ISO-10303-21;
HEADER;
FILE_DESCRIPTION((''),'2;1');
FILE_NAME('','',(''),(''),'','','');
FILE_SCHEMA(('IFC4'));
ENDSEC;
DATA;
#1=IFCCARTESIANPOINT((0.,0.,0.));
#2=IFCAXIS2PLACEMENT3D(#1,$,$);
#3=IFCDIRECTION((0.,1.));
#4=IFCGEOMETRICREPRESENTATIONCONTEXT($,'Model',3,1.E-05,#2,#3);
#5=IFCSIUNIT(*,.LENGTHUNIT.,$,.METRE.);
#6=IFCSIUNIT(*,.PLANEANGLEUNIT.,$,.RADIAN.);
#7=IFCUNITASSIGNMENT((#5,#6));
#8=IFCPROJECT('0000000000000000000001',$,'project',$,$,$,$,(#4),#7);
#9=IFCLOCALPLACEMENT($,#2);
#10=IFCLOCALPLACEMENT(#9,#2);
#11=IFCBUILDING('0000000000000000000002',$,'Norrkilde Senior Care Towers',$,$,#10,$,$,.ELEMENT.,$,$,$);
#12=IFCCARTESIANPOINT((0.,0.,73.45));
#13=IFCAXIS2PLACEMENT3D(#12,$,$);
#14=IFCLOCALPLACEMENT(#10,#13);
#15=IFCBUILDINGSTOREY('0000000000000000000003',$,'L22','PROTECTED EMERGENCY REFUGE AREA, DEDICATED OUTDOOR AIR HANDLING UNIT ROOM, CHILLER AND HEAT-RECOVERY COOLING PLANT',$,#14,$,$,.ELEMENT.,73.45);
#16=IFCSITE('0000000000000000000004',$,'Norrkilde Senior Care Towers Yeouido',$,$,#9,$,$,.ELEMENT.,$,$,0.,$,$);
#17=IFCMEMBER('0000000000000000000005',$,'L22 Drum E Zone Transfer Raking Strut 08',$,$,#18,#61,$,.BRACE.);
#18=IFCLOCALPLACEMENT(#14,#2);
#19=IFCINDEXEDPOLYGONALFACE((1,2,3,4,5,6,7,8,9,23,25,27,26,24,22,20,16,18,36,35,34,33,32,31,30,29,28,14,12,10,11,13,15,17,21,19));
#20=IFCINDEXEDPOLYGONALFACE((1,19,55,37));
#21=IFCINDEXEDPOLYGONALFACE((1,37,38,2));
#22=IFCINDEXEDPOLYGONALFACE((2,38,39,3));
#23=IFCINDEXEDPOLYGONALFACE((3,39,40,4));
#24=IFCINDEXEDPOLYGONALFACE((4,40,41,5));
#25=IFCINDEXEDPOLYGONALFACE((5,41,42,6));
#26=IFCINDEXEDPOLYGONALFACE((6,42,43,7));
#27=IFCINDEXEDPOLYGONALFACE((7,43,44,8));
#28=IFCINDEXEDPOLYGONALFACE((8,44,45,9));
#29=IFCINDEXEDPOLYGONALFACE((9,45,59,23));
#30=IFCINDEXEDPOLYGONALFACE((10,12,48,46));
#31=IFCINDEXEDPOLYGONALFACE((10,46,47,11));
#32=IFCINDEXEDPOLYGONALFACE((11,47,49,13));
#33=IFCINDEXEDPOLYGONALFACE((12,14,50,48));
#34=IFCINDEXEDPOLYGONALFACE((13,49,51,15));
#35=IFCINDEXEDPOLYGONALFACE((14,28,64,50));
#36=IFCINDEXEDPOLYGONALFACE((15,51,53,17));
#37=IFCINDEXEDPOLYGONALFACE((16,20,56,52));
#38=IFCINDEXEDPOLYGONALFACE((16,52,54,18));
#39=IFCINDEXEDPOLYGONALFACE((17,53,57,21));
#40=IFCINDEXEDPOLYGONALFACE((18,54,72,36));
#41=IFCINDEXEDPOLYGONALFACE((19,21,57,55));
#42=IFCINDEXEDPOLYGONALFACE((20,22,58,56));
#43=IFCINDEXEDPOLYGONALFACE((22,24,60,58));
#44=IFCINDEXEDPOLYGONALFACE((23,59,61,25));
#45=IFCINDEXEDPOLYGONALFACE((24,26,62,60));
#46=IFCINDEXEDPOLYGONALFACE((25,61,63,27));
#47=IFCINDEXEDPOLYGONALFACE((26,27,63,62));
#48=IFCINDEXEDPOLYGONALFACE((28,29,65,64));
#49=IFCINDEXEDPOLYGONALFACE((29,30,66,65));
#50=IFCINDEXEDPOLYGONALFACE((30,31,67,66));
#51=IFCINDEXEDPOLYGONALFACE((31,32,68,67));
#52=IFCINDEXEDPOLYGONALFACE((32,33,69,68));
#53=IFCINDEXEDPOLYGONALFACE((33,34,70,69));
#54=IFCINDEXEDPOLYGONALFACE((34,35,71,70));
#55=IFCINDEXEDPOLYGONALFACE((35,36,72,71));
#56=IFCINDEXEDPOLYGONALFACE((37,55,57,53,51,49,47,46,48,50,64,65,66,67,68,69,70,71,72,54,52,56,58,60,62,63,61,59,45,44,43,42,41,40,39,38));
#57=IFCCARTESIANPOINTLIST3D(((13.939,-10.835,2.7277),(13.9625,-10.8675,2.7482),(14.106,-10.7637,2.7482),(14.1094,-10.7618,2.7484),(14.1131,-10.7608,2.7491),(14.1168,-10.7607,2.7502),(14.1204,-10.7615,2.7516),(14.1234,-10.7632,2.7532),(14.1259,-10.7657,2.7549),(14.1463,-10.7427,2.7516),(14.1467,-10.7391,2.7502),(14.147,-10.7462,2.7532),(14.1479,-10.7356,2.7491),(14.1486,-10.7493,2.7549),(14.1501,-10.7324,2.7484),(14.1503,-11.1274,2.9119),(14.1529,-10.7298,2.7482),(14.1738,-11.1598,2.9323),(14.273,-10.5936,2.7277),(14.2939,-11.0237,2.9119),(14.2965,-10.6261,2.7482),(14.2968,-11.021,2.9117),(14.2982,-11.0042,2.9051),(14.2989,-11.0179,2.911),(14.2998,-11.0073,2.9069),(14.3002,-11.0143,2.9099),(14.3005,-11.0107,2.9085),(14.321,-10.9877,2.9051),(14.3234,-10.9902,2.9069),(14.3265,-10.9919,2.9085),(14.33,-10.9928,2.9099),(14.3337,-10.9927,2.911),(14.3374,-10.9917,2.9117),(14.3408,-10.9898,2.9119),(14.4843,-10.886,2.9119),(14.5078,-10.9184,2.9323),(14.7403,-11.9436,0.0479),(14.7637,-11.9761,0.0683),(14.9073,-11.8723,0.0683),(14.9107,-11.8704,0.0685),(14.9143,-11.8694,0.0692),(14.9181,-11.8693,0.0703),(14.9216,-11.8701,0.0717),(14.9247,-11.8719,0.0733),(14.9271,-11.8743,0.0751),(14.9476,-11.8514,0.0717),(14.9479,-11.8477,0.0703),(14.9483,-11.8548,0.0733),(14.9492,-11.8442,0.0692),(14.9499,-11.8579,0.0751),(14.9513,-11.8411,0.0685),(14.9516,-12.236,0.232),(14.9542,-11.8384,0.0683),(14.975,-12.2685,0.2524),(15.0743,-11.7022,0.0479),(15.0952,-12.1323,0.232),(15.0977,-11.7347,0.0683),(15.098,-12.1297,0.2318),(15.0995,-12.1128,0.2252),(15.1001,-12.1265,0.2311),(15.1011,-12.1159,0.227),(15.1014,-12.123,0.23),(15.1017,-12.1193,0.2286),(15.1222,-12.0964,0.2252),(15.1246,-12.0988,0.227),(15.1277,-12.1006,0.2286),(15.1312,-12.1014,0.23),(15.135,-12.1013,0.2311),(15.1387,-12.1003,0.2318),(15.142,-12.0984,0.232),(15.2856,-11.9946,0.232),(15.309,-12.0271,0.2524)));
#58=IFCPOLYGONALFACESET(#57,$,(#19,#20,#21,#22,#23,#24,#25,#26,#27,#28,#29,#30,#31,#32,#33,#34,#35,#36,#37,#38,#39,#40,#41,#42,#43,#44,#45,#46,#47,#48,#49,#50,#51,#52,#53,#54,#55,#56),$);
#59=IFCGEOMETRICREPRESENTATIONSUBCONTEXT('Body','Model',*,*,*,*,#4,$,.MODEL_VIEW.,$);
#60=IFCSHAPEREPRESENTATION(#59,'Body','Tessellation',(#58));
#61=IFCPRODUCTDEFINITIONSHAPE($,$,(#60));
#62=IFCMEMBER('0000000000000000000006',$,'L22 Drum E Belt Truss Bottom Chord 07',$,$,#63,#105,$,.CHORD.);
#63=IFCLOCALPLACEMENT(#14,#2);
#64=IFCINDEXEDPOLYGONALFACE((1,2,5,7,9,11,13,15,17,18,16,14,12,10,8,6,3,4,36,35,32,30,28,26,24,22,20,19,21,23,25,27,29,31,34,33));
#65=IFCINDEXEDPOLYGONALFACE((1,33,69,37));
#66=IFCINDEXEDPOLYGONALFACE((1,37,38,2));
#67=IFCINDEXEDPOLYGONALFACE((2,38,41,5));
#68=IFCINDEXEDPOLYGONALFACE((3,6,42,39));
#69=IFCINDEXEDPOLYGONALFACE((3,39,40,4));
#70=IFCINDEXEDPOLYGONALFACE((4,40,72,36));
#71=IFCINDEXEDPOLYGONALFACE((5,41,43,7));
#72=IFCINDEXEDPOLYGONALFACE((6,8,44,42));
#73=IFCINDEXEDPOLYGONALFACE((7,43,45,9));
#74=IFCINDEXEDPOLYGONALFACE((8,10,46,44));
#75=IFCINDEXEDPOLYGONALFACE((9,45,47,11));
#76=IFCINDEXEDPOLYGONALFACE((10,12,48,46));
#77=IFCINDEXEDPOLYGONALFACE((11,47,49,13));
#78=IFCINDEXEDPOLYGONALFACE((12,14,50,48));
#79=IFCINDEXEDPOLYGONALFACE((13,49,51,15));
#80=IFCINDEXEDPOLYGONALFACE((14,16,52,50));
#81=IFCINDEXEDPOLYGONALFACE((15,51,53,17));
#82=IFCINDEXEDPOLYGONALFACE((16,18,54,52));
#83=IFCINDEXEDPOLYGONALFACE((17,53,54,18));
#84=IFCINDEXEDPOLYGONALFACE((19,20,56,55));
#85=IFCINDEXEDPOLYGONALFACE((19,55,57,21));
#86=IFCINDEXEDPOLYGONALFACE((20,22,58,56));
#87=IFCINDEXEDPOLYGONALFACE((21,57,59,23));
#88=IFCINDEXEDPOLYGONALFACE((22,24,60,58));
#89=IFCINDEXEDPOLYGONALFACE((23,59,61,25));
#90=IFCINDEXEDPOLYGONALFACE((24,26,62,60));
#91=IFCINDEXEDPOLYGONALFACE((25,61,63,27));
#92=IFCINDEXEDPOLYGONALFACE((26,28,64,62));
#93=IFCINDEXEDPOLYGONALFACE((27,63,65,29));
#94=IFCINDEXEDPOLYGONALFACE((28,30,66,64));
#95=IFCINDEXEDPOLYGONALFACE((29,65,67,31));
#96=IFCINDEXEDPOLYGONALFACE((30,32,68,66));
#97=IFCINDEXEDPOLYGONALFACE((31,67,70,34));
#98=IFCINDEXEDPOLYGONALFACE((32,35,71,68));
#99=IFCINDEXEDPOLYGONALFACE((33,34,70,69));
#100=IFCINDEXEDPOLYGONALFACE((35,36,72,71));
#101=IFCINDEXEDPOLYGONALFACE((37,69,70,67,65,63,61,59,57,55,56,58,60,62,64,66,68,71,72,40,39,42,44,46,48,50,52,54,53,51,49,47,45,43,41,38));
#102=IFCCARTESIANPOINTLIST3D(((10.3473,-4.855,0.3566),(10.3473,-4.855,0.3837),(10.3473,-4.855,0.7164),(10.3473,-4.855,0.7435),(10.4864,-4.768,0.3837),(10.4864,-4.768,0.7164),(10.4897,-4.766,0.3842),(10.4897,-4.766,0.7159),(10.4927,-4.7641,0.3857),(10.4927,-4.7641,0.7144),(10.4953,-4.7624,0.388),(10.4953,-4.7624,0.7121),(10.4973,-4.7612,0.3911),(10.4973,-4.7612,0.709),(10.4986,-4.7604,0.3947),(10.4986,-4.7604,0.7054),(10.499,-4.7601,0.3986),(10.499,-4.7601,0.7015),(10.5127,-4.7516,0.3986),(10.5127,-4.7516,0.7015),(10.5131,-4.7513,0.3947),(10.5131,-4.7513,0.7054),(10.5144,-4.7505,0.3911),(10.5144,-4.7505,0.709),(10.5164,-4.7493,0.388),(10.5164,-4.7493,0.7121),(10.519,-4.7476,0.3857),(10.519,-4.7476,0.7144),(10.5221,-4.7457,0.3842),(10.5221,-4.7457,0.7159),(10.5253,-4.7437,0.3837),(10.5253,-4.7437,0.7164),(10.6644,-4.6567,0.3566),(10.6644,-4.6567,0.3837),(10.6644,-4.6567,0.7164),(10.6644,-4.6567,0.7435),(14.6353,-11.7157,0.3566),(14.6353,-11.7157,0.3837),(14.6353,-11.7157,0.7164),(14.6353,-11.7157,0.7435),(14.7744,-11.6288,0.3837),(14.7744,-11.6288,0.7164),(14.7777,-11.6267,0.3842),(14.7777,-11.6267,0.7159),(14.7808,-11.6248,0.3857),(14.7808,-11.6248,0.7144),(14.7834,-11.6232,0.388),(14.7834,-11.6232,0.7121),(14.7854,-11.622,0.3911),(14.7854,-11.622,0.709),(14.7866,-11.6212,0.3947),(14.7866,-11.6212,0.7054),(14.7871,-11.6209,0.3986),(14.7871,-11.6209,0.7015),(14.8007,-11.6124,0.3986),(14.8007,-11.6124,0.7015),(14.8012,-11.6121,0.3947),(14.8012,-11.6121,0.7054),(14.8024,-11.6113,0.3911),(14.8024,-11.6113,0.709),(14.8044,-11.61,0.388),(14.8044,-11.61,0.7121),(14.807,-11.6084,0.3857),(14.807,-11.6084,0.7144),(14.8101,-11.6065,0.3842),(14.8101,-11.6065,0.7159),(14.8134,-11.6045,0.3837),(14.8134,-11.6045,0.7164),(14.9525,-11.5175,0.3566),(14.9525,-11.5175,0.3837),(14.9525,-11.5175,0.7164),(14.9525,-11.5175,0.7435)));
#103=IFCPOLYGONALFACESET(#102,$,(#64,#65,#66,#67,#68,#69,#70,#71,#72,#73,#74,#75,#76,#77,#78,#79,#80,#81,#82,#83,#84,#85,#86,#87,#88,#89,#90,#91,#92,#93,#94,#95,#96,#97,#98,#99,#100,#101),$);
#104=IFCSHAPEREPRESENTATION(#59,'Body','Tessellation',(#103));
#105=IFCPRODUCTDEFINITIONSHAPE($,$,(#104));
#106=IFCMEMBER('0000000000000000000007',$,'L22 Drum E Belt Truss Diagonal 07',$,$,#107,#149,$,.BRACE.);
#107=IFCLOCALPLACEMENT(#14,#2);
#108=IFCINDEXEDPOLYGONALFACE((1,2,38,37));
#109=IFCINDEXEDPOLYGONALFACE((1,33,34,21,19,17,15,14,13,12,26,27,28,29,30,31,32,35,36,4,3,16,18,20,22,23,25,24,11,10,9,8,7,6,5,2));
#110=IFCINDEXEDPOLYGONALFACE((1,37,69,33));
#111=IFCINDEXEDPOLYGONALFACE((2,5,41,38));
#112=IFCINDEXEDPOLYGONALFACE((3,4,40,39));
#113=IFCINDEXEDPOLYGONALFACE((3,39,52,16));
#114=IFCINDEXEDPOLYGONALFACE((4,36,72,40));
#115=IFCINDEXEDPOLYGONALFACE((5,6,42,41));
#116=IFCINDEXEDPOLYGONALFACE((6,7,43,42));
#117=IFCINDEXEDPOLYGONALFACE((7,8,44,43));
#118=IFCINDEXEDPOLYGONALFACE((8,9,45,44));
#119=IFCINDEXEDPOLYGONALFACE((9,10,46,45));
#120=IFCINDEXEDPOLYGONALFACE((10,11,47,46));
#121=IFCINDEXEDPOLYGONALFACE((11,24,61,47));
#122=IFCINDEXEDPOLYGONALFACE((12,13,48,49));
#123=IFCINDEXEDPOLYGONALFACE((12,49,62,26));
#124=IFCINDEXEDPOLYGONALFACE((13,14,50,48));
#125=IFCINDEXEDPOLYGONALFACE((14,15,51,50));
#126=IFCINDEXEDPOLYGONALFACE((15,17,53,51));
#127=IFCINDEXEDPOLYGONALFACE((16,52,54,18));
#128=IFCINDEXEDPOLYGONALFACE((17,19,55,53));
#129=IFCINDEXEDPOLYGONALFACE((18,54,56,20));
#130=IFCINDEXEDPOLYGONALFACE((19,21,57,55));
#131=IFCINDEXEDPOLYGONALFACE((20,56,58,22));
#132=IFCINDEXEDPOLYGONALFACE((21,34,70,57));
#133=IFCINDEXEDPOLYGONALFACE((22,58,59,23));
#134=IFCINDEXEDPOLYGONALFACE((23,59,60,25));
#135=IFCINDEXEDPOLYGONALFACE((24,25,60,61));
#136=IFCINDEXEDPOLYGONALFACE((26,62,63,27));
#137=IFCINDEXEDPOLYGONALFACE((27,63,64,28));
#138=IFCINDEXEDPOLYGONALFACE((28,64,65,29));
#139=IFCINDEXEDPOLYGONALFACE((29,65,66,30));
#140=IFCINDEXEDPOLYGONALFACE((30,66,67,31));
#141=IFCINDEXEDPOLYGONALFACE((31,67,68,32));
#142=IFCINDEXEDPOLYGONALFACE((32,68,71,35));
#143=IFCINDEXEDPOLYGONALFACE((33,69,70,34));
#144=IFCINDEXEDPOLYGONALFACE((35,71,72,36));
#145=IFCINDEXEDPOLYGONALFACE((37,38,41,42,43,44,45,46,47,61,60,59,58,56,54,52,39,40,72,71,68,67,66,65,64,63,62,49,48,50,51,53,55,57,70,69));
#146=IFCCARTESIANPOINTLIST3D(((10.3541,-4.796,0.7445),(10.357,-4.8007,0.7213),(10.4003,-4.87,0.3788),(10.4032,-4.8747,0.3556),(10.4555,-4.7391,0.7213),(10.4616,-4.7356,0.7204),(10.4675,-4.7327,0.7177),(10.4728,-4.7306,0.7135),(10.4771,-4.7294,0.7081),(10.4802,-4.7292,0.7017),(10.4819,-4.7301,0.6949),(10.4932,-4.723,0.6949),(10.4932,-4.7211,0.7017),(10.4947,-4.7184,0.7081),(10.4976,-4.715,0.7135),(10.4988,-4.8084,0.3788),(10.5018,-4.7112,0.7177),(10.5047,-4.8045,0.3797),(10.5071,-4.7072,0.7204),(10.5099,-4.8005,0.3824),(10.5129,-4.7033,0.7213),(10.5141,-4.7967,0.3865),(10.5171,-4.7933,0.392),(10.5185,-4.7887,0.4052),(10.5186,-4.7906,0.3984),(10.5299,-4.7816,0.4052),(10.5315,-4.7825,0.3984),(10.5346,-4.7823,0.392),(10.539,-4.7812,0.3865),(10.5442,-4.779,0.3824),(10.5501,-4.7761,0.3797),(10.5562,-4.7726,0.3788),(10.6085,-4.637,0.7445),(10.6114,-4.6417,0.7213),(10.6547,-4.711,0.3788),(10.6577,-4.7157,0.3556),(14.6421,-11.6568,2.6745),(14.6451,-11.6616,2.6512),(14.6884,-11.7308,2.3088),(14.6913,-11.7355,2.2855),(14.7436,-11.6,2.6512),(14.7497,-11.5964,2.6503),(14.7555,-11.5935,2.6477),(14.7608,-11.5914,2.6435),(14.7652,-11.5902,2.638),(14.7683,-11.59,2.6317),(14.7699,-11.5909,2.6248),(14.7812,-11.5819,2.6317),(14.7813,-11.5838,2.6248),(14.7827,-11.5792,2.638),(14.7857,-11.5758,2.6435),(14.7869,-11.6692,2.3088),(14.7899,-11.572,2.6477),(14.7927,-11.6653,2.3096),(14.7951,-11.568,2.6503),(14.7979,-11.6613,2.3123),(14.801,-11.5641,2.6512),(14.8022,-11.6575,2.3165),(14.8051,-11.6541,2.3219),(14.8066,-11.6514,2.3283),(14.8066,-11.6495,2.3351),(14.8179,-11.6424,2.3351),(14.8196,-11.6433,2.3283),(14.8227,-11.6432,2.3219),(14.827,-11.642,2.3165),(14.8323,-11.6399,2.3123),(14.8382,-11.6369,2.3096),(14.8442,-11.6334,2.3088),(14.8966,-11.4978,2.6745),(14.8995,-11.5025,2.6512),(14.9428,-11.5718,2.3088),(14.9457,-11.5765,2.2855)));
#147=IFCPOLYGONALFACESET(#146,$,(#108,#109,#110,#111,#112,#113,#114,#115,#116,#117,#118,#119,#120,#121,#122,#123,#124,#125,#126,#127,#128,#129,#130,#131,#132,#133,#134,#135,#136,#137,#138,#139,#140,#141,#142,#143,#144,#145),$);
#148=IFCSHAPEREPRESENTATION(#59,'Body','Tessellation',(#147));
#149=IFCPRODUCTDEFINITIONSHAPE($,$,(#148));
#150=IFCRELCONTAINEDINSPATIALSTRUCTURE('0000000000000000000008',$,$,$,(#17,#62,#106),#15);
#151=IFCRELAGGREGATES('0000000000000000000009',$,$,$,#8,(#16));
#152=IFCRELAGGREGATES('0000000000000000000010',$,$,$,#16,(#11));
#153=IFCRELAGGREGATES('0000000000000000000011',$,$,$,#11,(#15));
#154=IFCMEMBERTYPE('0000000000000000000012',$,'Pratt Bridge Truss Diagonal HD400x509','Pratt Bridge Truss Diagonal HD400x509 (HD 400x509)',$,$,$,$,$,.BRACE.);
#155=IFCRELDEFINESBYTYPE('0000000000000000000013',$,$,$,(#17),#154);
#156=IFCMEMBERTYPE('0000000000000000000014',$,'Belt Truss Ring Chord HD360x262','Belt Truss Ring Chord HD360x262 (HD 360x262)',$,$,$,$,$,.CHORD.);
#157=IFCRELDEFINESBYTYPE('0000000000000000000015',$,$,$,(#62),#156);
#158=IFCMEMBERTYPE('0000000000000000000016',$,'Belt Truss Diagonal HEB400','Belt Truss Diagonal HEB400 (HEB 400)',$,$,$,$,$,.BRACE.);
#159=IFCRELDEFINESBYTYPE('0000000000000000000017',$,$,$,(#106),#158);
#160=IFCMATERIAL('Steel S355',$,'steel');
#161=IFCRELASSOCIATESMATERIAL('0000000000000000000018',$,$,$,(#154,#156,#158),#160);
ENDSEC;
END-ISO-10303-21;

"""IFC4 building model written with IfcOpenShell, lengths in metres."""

from ifc_helpers import new_model, si_unit, direction, frame, origin, origin_2d, place, context, subcontext, project, spatial, i_section, extrude, source, transform, mapped, material, material_profile, profile_set, type_object, element, save


model = new_model("IFC4")

# Units and contexts
model_context = context("Model", 3, precision=1e-05, world=origin(), true_north=direction((0.0, 1.0)))
body_context = subcontext(model_context, "Body", "Model", "MODEL_VIEW")
ifc_project = project(units=[si_unit("LENGTHUNIT", "METRE"), si_unit("PLANEANGLEUNIT", "RADIAN")], contexts=[model_context])

# Site, building, storey
site_placement = place(None, origin())
site = spatial("IfcSite", under=ifc_project, at=site_placement, Name="Norrkilde Senior Care Towers Yeouido", CompositionType="ELEMENT", RefElevation=0.0)
building_placement = place(site_placement, origin())
building = spatial("IfcBuilding", under=site, at=building_placement, Name="Norrkilde Senior Care Towers", CompositionType="ELEMENT")
storey_placement = place(building_placement, frame((0.0, 0.0, 73.45)))
storey = spatial("IfcBuildingStorey", under=building, at=storey_placement, Name="L22", Description="PROTECTED EMERGENCY REFUGE AREA, DEDICATED OUTDOOR AIR HANDLING UNIT ROOM, CHILLER AND HEAT-RECOVERY COOLING PLANT", CompositionType="ELEMENT", Elevation=73.45)

# Members
ifc_material_1 = material(Name="Steel S355", Category="steel")
ifc_material_profile_1 = material_profile(ifc_material_1, i_section(OverallWidth=0.4121, OverallDepth=0.45, WebThickness=0.0281, FlangeThickness=0.0449, FilletRadius=0.0149, at=origin_2d()), Name="HD 400x509")
ifc_profile_set_1 = profile_set([ifc_material_profile_1], Name="Steel S355")
member_type_1 = type_object("IfcMemberType", Name="Pratt Bridge Truss Diagonal HD400x509", Description="Pratt Bridge Truss Diagonal HD400x509 (HD 400x509)", PredefinedType="BRACE", material=ifc_profile_set_1)
shared_shape_1 = source(origin(), body_context, "Body", "SweptSolid", [
    extrude(i_section(OverallWidth=0.4121, OverallDepth=0.45, WebThickness=0.0281, FlangeThickness=0.0449, FilletRadius=0.0149, at=origin_2d()), origin(), (0.0, 0.0, 1.0), 3.0088),
])
member_1_placement = place(storey_placement, frame((15.0247, -11.9854, 0.1501), z_axis=(-0.266305, 0.368461, 0.890684), x_axis=(-0.810477, -0.585771, 0.0)))
element("IfcMember", 1, at=member_1_placement, inside=storey, type_object=member_type_1, Name="L22 Drum E Zone Transfer Raking Strut 08", PredefinedType="BRACE", context=body_context, shape_type="MappedRepresentation", body=[
    mapped(shared_shape_1, transform((0.0, 0.0, 0.0), x_axis=(1.0, 0.0, 0.0), y_axis=(0.0, 1.0, 0.0), z_axis=(0.0, 0.0, 1.0), scale=1.0)),
])
ifc_material_profile_2 = material_profile(ifc_material_1, i_section(OverallWidth=0.374, OverallDepth=0.387, WebThickness=0.0161, FlangeThickness=0.0271, FilletRadius=0.0149, at=origin_2d()), Name="HD 360x262")
ifc_profile_set_2 = profile_set([ifc_material_profile_2], Name="Steel S355")
member_type_2 = type_object("IfcMemberType", Name="Belt Truss Ring Chord HD360x262", Description="Belt Truss Ring Chord HD360x262 (HD 360x262)", PredefinedType="CHORD", material=ifc_profile_set_2)
shared_shape_2 = source(origin(), body_context, "Body", "SweptSolid", [
    extrude(i_section(OverallWidth=0.374, OverallDepth=0.387, WebThickness=0.0161, FlangeThickness=0.0271, FilletRadius=0.0149, at=origin_2d()), origin(), (0.0, 0.0, 1.0), 8.0906),
])
member_2_placement = place(storey_placement, frame((10.5059, -4.7559, 0.55), z_axis=(0.530004, -0.847995, 0.0), x_axis=(0.847995, 0.530004, 0.0)))
element("IfcMember", 2, at=member_2_placement, inside=storey, type_object=member_type_2, Name="L22 Drum E Belt Truss Bottom Chord 07", PredefinedType="CHORD", context=body_context, shape_type="MappedRepresentation", body=[
    mapped(shared_shape_2, transform((0.0, 0.0, 0.0), x_axis=(1.0, 0.0, 0.0), y_axis=(0.0, 1.0, 0.0), z_axis=(0.0, 0.0, 1.0), scale=1.0)),
])
ifc_material_profile_3 = material_profile(ifc_material_1, i_section(OverallWidth=0.3, OverallDepth=0.3999, WebThickness=0.0134, FlangeThickness=0.0239, FilletRadius=0.0271, at=origin_2d()), Name="HEB 400")
ifc_profile_set_3 = profile_set([ifc_material_profile_3], Name="Steel S355")
member_type_3 = type_object("IfcMemberType", Name="Belt Truss Diagonal HEB400", Description="Belt Truss Diagonal HEB400 (HEB 400)", PredefinedType="BRACE", material=ifc_profile_set_3)
shared_shape_3 = source(origin(), body_context, "Body", "SweptSolid", [
    extrude(i_section(OverallWidth=0.3, OverallDepth=0.3999, WebThickness=0.0134, FlangeThickness=0.0239, FilletRadius=0.0271, at=origin_2d()), origin(), (0.0, 0.0, 1.0), 8.3176),
])
member_3_placement = place(storey_placement, frame((10.5059, -4.7559, 0.55), z_axis=(0.51554, -0.824852, 0.232028), x_axis=(0.847995, 0.530004, 0.0)))
element("IfcMember", 3, at=member_3_placement, inside=storey, type_object=member_type_3, Name="L22 Drum E Belt Truss Diagonal 07", PredefinedType="BRACE", context=body_context, shape_type="MappedRepresentation", body=[
    mapped(shared_shape_3, transform((0.0, 0.0, 0.0), x_axis=(1.0, 0.0, 0.0), y_axis=(0.0, 1.0, 0.0), z_axis=(0.0, 0.0, 1.0), scale=1.0)),
])

save(model, "model.ifc")
